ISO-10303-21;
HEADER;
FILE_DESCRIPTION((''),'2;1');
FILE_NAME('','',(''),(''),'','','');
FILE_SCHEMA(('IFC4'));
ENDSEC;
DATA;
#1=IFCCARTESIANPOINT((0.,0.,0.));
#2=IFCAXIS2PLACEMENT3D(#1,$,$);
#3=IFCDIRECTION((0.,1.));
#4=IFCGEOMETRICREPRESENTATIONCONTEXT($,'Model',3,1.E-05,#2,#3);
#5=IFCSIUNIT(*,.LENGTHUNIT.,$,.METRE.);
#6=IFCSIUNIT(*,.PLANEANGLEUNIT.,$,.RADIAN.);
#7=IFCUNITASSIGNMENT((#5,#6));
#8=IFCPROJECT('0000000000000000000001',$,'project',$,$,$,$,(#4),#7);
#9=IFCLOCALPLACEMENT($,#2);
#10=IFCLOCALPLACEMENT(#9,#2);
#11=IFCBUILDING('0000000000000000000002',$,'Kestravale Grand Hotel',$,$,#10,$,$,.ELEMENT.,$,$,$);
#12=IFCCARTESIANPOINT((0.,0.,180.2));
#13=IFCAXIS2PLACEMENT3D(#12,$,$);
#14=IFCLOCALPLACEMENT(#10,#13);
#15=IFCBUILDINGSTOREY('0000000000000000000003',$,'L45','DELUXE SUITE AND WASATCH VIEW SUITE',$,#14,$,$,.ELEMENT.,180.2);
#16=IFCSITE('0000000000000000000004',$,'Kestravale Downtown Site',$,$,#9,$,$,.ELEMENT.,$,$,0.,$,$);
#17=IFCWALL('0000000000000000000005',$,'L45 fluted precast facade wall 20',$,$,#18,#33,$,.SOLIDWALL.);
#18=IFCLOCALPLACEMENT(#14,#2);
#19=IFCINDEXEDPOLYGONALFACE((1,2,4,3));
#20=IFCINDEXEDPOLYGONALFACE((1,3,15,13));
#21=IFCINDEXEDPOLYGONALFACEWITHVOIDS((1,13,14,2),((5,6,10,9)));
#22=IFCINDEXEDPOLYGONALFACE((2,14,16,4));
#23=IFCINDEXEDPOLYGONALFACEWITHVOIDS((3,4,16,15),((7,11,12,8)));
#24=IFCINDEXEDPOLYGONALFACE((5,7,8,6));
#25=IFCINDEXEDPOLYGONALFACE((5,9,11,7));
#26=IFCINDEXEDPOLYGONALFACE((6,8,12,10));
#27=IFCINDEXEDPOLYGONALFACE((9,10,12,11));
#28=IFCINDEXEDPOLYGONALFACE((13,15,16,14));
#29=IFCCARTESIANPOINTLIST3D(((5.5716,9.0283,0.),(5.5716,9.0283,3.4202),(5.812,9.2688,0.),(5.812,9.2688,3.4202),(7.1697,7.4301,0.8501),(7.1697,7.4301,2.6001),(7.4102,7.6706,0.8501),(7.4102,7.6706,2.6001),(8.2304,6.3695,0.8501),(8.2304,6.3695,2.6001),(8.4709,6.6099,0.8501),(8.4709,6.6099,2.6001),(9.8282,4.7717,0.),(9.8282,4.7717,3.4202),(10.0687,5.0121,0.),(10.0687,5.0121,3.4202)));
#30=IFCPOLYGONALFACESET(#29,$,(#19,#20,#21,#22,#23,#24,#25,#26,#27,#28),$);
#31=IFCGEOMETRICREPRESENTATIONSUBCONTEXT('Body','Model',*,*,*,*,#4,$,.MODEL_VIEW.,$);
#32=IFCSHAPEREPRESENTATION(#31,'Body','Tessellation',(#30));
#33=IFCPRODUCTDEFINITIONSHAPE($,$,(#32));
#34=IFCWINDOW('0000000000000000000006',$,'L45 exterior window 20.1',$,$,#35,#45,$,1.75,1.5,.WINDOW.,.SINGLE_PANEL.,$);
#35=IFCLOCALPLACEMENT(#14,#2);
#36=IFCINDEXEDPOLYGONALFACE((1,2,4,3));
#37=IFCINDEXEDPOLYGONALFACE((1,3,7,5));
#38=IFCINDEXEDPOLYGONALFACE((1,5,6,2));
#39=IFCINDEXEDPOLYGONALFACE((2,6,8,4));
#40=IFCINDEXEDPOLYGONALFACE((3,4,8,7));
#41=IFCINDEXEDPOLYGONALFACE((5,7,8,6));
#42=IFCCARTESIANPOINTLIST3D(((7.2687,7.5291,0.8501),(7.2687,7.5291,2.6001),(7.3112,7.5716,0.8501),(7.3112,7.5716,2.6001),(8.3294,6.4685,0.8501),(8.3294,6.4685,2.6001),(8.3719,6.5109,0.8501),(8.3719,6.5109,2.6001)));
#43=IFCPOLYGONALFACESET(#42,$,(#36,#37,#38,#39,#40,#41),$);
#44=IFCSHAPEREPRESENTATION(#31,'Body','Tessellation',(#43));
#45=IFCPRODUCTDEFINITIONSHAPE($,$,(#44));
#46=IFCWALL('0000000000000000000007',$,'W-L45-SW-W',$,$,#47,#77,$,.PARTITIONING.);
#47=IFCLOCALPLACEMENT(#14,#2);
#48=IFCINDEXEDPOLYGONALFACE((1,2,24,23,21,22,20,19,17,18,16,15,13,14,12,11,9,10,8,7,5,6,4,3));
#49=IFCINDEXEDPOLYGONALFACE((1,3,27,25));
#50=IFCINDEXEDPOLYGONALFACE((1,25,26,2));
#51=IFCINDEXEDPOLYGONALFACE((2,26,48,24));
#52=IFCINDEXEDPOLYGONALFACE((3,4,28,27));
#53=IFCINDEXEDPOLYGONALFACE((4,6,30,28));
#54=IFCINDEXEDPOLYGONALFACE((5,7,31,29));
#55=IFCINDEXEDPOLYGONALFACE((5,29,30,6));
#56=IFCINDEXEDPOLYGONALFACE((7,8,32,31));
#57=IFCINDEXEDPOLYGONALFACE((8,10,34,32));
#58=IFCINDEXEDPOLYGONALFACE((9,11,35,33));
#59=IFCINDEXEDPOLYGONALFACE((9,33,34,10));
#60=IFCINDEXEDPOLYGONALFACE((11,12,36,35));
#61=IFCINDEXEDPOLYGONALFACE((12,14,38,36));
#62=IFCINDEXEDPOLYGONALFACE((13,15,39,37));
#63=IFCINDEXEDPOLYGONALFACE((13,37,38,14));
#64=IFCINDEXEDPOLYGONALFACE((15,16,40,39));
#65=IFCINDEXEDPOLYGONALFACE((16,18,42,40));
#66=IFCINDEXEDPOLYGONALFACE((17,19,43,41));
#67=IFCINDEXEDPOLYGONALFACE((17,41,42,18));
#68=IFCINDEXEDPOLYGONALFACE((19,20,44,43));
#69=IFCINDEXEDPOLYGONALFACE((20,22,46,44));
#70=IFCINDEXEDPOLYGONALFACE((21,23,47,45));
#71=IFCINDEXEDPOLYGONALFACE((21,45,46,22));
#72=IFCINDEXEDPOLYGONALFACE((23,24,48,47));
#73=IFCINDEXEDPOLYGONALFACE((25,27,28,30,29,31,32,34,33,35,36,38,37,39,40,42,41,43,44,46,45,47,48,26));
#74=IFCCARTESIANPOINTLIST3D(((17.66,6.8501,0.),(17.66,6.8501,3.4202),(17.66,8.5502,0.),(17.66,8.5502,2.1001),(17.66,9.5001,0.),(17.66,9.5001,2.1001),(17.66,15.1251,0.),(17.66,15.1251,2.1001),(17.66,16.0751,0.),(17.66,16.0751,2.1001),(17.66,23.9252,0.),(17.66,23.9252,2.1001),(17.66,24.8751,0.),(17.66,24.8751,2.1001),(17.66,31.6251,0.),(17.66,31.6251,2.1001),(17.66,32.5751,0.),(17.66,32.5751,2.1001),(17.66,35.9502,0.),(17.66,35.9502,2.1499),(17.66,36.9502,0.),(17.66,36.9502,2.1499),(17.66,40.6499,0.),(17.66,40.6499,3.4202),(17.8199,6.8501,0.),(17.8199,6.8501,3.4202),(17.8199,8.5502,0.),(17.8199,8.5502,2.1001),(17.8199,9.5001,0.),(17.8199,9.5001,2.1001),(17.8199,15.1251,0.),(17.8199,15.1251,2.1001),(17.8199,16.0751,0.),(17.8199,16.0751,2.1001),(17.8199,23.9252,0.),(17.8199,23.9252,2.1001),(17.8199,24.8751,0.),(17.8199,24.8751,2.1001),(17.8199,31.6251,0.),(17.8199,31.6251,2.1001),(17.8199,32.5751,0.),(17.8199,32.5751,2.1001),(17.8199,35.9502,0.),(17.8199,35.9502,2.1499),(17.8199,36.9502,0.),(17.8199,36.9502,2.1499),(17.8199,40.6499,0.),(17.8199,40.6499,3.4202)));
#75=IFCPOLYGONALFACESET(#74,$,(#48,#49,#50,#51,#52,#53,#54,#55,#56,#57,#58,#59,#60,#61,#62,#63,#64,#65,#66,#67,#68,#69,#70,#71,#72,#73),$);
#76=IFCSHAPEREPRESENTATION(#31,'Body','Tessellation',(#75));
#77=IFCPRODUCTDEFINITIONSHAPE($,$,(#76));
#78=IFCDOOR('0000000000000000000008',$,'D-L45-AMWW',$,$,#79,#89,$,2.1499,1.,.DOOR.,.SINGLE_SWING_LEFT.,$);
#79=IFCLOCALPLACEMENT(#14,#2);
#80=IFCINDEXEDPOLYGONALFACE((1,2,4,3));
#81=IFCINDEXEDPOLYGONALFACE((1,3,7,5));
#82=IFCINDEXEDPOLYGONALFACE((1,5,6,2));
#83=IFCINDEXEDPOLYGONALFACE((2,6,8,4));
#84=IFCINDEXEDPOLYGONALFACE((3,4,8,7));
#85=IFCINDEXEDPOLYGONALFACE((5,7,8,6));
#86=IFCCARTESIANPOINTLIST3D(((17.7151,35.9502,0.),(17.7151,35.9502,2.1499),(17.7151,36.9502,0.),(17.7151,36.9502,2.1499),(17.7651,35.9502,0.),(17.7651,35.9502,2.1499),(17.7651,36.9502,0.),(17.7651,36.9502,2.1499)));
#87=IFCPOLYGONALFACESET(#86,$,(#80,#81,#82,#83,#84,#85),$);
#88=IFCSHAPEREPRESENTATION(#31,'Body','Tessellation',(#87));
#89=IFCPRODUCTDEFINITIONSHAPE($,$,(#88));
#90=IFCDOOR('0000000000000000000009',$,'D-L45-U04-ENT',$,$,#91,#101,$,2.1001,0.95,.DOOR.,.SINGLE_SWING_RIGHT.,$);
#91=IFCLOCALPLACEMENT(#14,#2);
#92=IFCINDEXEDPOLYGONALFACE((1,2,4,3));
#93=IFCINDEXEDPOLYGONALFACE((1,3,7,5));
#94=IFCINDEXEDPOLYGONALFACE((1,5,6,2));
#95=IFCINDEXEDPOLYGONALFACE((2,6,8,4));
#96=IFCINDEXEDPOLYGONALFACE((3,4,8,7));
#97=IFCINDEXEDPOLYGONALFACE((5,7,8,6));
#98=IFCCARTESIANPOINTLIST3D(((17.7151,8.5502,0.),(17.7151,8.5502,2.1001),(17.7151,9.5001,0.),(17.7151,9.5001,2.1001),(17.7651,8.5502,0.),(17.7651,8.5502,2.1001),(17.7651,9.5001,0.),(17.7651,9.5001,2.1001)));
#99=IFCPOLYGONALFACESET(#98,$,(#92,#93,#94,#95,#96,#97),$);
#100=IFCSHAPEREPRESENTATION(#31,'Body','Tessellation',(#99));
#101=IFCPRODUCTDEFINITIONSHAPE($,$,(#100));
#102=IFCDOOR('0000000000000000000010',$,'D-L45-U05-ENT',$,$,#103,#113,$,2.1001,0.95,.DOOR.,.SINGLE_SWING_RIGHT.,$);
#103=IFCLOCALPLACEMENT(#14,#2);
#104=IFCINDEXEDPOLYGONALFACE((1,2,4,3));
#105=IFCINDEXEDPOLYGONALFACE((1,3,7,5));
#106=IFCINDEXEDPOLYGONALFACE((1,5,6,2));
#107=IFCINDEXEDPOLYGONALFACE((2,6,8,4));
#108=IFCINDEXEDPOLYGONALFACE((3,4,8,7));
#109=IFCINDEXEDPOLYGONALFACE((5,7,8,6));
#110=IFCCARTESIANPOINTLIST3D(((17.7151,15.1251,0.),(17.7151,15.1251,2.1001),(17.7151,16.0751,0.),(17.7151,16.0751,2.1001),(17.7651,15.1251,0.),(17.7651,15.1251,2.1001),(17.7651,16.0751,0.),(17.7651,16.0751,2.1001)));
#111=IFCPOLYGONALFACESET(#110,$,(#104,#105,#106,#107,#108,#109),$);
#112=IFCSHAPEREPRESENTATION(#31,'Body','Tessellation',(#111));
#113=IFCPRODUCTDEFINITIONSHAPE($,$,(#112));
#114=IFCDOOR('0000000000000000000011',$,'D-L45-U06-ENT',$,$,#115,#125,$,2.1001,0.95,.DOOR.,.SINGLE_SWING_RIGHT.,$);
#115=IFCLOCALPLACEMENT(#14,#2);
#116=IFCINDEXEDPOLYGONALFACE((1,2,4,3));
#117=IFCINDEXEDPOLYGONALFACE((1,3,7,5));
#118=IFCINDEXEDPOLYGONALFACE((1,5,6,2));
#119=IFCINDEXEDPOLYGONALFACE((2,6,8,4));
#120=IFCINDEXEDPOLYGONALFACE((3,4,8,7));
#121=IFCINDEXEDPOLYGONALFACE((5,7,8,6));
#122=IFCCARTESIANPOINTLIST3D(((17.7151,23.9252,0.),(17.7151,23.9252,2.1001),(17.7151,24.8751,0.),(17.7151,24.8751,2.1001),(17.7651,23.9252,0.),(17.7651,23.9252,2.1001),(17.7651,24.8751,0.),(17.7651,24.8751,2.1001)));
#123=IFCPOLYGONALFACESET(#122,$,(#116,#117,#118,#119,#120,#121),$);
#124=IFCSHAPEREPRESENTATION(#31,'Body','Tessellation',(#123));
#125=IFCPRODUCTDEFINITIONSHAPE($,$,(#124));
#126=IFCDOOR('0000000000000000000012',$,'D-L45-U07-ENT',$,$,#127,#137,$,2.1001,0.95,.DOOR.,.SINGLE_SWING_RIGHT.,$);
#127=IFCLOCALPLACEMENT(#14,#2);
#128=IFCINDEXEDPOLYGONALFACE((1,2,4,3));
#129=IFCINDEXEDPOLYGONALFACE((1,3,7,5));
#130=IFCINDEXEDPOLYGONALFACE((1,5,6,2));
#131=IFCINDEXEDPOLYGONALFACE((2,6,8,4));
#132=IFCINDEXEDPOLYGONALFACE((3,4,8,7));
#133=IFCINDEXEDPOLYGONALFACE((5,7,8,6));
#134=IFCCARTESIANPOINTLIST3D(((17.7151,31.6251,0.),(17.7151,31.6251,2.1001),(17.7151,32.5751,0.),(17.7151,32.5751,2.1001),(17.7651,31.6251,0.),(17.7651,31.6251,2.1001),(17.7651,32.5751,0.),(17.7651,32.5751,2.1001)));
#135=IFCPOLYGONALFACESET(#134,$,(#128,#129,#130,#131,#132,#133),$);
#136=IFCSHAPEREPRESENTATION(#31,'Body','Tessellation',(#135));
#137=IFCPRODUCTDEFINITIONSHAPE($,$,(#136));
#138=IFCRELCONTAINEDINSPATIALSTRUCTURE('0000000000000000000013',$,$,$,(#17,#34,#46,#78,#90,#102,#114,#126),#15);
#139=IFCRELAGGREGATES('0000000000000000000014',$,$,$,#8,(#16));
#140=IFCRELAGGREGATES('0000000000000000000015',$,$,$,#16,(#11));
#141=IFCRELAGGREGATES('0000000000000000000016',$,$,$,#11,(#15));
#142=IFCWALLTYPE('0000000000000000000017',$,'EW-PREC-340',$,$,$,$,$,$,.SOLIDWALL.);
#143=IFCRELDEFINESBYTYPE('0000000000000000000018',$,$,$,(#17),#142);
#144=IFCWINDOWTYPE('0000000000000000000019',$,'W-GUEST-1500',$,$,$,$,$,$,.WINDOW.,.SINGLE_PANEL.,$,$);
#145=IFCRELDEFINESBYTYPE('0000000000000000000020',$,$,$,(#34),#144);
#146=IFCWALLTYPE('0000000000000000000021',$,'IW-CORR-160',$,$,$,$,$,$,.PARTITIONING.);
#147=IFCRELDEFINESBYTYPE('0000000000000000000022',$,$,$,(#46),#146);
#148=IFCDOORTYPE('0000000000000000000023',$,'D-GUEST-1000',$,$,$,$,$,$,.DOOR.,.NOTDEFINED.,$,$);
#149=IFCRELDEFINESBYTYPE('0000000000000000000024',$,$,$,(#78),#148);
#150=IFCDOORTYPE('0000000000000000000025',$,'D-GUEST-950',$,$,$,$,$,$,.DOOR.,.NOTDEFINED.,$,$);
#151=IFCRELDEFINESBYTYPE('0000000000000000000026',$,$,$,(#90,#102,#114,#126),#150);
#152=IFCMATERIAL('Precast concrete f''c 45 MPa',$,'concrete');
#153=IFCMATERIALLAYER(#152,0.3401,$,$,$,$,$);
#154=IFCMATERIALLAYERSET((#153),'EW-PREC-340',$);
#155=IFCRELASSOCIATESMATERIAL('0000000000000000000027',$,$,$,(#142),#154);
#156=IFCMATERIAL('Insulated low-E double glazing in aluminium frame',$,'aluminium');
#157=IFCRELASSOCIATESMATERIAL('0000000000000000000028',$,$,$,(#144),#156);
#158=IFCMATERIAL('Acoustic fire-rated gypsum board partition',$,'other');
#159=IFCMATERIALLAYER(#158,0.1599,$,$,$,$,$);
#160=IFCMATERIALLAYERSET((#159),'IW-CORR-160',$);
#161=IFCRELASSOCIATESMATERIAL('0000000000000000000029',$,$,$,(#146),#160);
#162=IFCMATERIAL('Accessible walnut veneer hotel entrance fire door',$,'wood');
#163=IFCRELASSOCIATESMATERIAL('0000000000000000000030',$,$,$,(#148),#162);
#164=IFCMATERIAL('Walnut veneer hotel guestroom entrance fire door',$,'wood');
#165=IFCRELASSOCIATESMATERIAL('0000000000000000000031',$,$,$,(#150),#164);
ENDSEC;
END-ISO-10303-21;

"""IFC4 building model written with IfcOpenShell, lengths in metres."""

from ifc_helpers import new_model, si_unit, direction, frame, frame_2d, origin, place, context, subcontext, project, spatial, rectangle, extrude, material, layer, layer_set, type_object, element, fill, save


model = new_model("IFC4")

# Units and contexts
model_context = context("Model", 3, precision=1e-05, world=origin(), true_north=direction((0.0, 1.0)))
body_context = subcontext(model_context, "Body", "Model", "MODEL_VIEW")
ifc_project = project(units=[si_unit("LENGTHUNIT", "METRE"), si_unit("PLANEANGLEUNIT", "RADIAN")], contexts=[model_context])

# Site, building, storey
site_placement = place(None, origin())
site = spatial("IfcSite", under=ifc_project, at=site_placement, Name="Kestravale Downtown Site", CompositionType="ELEMENT", RefElevation=0.0)
building_placement = place(site_placement, origin())
building = spatial("IfcBuilding", under=site, at=building_placement, Name="Kestravale Grand Hotel", CompositionType="ELEMENT")
storey_placement = place(building_placement, frame((0.0, 0.0, 180.2)))
storey = spatial("IfcBuildingStorey", under=building, at=storey_placement, Name="L45", Description="DELUXE SUITE AND WASATCH VIEW SUITE", CompositionType="ELEMENT", Elevation=180.2)

# Shared definitions
ifc_material_1 = material(Name="Precast concrete f'c 45 MPa", Category="concrete")
ifc_layer_1 = layer(ifc_material_1, 0.3401)
ifc_layer_set_1 = layer_set([ifc_layer_1], Name="EW-PREC-340")
wall_type_1 = type_object("IfcWallType", Name="EW-PREC-340", PredefinedType="SOLIDWALL", material=ifc_layer_set_1)
ifc_material_2 = material(Name="Insulated low-E double glazing in aluminium frame", Category="aluminium")
window_type = type_object("IfcWindowType", Name="W-GUEST-1500", PartitioningType="SINGLE_PANEL", PredefinedType="WINDOW", material=ifc_material_2)

# Wall, opening, window
wall_1_placement = place(storey_placement, frame((5.6919, 9.1484, 0.0), z_axis=(0.0, 0.0, 1.0), x_axis=(0.707107, -0.707107, 0.0)))
wall_1 = element("IfcWall", 1, at=wall_1_placement, inside=storey, type_object=wall_type_1, Name="L45 fluted precast facade wall 20", PredefinedType="SOLIDWALL", context=body_context, shape_type="SweptSolid", body=[
    extrude(rectangle(XDim=6.0198, YDim=0.3401, at=frame_2d((3.0098, 0.0))), origin(), (0.0, 0.0, 1.0), 3.4202),
])
opening_1_placement = place(wall_1_placement, frame((2.26, 0.0, 0.8501)))
opening_1 = element("IfcOpeningElement", 2, at=opening_1_placement, cuts=wall_1, PredefinedType="OPENING", context=body_context, shape_type="SweptSolid", body=[
    extrude(rectangle(XDim=1.5, YDim=1.75, at=frame_2d((0.75, 0.875))), frame((0.0, 0.1799, 0.0), z_axis=(0.0, -1.0, 0.0), x_axis=(1.0, 0.0, 0.0)), (0.0, 0.0, 1.0), 0.3601),
])
window_1_placement = place(opening_1_placement, origin())
window_1 = element("IfcWindow", 3, at=window_1_placement, inside=storey, type_object=window_type, Name="L45 exterior window 20.1", OverallHeight=1.75, OverallWidth=1.5, PartitioningType="SINGLE_PANEL", PredefinedType="WINDOW", context=body_context, shape_type="SweptSolid", body=[
    extrude(rectangle(XDim=1.5, YDim=1.75, at=frame_2d((0.75, 0.875))), frame((0.0, 0.03, 0.0), z_axis=(0.0, -1.0, 0.0), x_axis=(1.0, 0.0, 0.0)), (0.0, 0.0, 1.0), 0.0601),
])
fill(opening_1, window_1)

# Wall, openings, doors
ifc_material_3 = material(Name="Acoustic fire-rated gypsum board partition", Category="other")
ifc_layer_2 = layer(ifc_material_3, 0.1599)
ifc_layer_set_2 = layer_set([ifc_layer_2], Name="IW-CORR-160")
wall_type_2 = type_object("IfcWallType", Name="IW-CORR-160", PredefinedType="PARTITIONING", material=ifc_layer_set_2)
wall_2_placement = place(storey_placement, frame((17.74, 6.8501, 0.0), z_axis=(0.0, 0.0, 1.0), x_axis=(0.0, 1.0, 0.0)))
wall_2 = element("IfcWall", 4, at=wall_2_placement, inside=storey, type_object=wall_type_2, Name="W-L45-SW-W", PredefinedType="PARTITIONING", context=body_context, shape_type="SweptSolid", body=[
    extrude(rectangle(XDim=33.7998, YDim=0.1599, at=frame_2d((16.8999, 0.0))), origin(), (0.0, 0.0, 1.0), 3.4202),
])
opening_2_placement = place(wall_2_placement, frame((1.7, 0.0, 0.0)))
opening_2 = element("IfcOpeningElement", 5, at=opening_2_placement, cuts=wall_2, PredefinedType="OPENING", context=body_context, shape_type="SweptSolid", body=[
    extrude(rectangle(XDim=0.95, YDim=2.1001, at=frame_2d((0.4751, 1.05))), frame((0.0, 0.0898, 0.0), z_axis=(0.0, -1.0, 0.0), x_axis=(1.0, 0.0, 0.0)), (0.0, 0.0, 1.0), 0.1799),
])
opening_3_placement = place(wall_2_placement, frame((8.2749, 0.0, 0.0)))
opening_3 = element("IfcOpeningElement", 6, at=opening_3_placement, cuts=wall_2, PredefinedType="OPENING", context=body_context, shape_type="SweptSolid", body=[
    extrude(rectangle(XDim=0.95, YDim=2.1001, at=frame_2d((0.4751, 1.05))), frame((0.0, 0.0898, 0.0), z_axis=(0.0, -1.0, 0.0), x_axis=(1.0, 0.0, 0.0)), (0.0, 0.0, 1.0), 0.1799),
])
opening_4_placement = place(wall_2_placement, frame((17.075, 0.0, 0.0)))
opening_4 = element("IfcOpeningElement", 7, at=opening_4_placement, cuts=wall_2, PredefinedType="OPENING", context=body_context, shape_type="SweptSolid", body=[
    extrude(rectangle(XDim=0.95, YDim=2.1001, at=frame_2d((0.4751, 1.05))), frame((0.0, 0.0898, 0.0), z_axis=(0.0, -1.0, 0.0), x_axis=(1.0, 0.0, 0.0)), (0.0, 0.0, 1.0), 0.1799),
])
opening_5_placement = place(wall_2_placement, frame((24.7749, 0.0, 0.0)))
opening_5 = element("IfcOpeningElement", 8, at=opening_5_placement, cuts=wall_2, PredefinedType="OPENING", context=body_context, shape_type="SweptSolid", body=[
    extrude(rectangle(XDim=0.95, YDim=2.1001, at=frame_2d((0.4751, 1.05))), frame((0.0, 0.0898, 0.0), z_axis=(0.0, -1.0, 0.0), x_axis=(1.0, 0.0, 0.0)), (0.0, 0.0, 1.0), 0.1799),
])
opening_6_placement = place(wall_2_placement, frame((29.1001, 0.0, 0.0)))
opening_6 = element("IfcOpeningElement", 9, at=opening_6_placement, cuts=wall_2, PredefinedType="OPENING", context=body_context, shape_type="SweptSolid", body=[
    extrude(rectangle(XDim=1.0, YDim=2.1499, at=frame_2d((0.5, 1.075))), frame((0.0, 0.0898, 0.0), z_axis=(0.0, -1.0, 0.0), x_axis=(1.0, 0.0, 0.0)), (0.0, 0.0, 1.0), 0.1799),
])
ifc_material_4 = material(Name="Accessible walnut veneer hotel entrance fire door", Category="wood")
door_type_1 = type_object("IfcDoorType", Name="D-GUEST-1000", OperationType="NOTDEFINED", PredefinedType="DOOR", material=ifc_material_4)
door_1_placement = place(opening_6_placement, origin())
door_1 = element("IfcDoor", 10, at=door_1_placement, inside=storey, type_object=door_type_1, Name="D-L45-AMWW", OperationType="SINGLE_SWING_LEFT", OverallHeight=2.1499, OverallWidth=1.0, PredefinedType="DOOR", context=body_context, shape_type="SweptSolid", body=[
    extrude(rectangle(XDim=1.0, YDim=2.1499, at=frame_2d((0.5, 1.075))), frame((0.0, 0.0249, 0.0), z_axis=(0.0, -1.0, 0.0), x_axis=(1.0, 0.0, 0.0)), (0.0, 0.0, 1.0), 0.05),
])
fill(opening_6, door_1)
ifc_material_5 = material(Name="Walnut veneer hotel guestroom entrance fire door", Category="wood")
door_type_2 = type_object("IfcDoorType", Name="D-GUEST-950", OperationType="NOTDEFINED", PredefinedType="DOOR", material=ifc_material_5)
door_2_placement = place(opening_2_placement, origin())
door_2 = element("IfcDoor", 11, at=door_2_placement, inside=storey, type_object=door_type_2, Name="D-L45-U04-ENT", OperationType="SINGLE_SWING_RIGHT", OverallHeight=2.1001, OverallWidth=0.95, PredefinedType="DOOR", context=body_context, shape_type="SweptSolid", body=[
    extrude(rectangle(XDim=0.95, YDim=2.1001, at=frame_2d((0.4751, 1.05))), frame((0.0, 0.0249, 0.0), z_axis=(0.0, -1.0, 0.0), x_axis=(1.0, 0.0, 0.0)), (0.0, 0.0, 1.0), 0.05),
])
fill(opening_2, door_2)
door_3_placement = place(opening_3_placement, origin())
door_3 = element("IfcDoor", 12, at=door_3_placement, inside=storey, type_object=door_type_2, Name="D-L45-U05-ENT", OperationType="SINGLE_SWING_RIGHT", OverallHeight=2.1001, OverallWidth=0.95, PredefinedType="DOOR", context=body_context, shape_type="SweptSolid", body=[
    extrude(rectangle(XDim=0.95, YDim=2.1001, at=frame_2d((0.4751, 1.05))), frame((0.0, 0.0249, 0.0), z_axis=(0.0, -1.0, 0.0), x_axis=(1.0, 0.0, 0.0)), (0.0, 0.0, 1.0), 0.05),
])
fill(opening_3, door_3)
door_4_placement = place(opening_4_placement, origin())
door_4 = element("IfcDoor", 13, at=door_4_placement, inside=storey, type_object=door_type_2, Name="D-L45-U06-ENT", OperationType="SINGLE_SWING_RIGHT", OverallHeight=2.1001, OverallWidth=0.95, PredefinedType="DOOR", context=body_context, shape_type="SweptSolid", body=[
    extrude(rectangle(XDim=0.95, YDim=2.1001, at=frame_2d((0.4751, 1.05))), frame((0.0, 0.0249, 0.0), z_axis=(0.0, -1.0, 0.0), x_axis=(1.0, 0.0, 0.0)), (0.0, 0.0, 1.0), 0.05),
])
fill(opening_4, door_4)
door_5_placement = place(opening_5_placement, origin())
door_5 = element("IfcDoor", 14, at=door_5_placement, inside=storey, type_object=door_type_2, Name="D-L45-U07-ENT", OperationType="SINGLE_SWING_RIGHT", OverallHeight=2.1001, OverallWidth=0.95, PredefinedType="DOOR", context=body_context, shape_type="SweptSolid", body=[
    extrude(rectangle(XDim=0.95, YDim=2.1001, at=frame_2d((0.4751, 1.05))), frame((0.0, 0.0249, 0.0), z_axis=(0.0, -1.0, 0.0), x_axis=(1.0, 0.0, 0.0)), (0.0, 0.0, 1.0), 0.05),
])
fill(opening_5, door_5)

save(model, "model.ifc")
